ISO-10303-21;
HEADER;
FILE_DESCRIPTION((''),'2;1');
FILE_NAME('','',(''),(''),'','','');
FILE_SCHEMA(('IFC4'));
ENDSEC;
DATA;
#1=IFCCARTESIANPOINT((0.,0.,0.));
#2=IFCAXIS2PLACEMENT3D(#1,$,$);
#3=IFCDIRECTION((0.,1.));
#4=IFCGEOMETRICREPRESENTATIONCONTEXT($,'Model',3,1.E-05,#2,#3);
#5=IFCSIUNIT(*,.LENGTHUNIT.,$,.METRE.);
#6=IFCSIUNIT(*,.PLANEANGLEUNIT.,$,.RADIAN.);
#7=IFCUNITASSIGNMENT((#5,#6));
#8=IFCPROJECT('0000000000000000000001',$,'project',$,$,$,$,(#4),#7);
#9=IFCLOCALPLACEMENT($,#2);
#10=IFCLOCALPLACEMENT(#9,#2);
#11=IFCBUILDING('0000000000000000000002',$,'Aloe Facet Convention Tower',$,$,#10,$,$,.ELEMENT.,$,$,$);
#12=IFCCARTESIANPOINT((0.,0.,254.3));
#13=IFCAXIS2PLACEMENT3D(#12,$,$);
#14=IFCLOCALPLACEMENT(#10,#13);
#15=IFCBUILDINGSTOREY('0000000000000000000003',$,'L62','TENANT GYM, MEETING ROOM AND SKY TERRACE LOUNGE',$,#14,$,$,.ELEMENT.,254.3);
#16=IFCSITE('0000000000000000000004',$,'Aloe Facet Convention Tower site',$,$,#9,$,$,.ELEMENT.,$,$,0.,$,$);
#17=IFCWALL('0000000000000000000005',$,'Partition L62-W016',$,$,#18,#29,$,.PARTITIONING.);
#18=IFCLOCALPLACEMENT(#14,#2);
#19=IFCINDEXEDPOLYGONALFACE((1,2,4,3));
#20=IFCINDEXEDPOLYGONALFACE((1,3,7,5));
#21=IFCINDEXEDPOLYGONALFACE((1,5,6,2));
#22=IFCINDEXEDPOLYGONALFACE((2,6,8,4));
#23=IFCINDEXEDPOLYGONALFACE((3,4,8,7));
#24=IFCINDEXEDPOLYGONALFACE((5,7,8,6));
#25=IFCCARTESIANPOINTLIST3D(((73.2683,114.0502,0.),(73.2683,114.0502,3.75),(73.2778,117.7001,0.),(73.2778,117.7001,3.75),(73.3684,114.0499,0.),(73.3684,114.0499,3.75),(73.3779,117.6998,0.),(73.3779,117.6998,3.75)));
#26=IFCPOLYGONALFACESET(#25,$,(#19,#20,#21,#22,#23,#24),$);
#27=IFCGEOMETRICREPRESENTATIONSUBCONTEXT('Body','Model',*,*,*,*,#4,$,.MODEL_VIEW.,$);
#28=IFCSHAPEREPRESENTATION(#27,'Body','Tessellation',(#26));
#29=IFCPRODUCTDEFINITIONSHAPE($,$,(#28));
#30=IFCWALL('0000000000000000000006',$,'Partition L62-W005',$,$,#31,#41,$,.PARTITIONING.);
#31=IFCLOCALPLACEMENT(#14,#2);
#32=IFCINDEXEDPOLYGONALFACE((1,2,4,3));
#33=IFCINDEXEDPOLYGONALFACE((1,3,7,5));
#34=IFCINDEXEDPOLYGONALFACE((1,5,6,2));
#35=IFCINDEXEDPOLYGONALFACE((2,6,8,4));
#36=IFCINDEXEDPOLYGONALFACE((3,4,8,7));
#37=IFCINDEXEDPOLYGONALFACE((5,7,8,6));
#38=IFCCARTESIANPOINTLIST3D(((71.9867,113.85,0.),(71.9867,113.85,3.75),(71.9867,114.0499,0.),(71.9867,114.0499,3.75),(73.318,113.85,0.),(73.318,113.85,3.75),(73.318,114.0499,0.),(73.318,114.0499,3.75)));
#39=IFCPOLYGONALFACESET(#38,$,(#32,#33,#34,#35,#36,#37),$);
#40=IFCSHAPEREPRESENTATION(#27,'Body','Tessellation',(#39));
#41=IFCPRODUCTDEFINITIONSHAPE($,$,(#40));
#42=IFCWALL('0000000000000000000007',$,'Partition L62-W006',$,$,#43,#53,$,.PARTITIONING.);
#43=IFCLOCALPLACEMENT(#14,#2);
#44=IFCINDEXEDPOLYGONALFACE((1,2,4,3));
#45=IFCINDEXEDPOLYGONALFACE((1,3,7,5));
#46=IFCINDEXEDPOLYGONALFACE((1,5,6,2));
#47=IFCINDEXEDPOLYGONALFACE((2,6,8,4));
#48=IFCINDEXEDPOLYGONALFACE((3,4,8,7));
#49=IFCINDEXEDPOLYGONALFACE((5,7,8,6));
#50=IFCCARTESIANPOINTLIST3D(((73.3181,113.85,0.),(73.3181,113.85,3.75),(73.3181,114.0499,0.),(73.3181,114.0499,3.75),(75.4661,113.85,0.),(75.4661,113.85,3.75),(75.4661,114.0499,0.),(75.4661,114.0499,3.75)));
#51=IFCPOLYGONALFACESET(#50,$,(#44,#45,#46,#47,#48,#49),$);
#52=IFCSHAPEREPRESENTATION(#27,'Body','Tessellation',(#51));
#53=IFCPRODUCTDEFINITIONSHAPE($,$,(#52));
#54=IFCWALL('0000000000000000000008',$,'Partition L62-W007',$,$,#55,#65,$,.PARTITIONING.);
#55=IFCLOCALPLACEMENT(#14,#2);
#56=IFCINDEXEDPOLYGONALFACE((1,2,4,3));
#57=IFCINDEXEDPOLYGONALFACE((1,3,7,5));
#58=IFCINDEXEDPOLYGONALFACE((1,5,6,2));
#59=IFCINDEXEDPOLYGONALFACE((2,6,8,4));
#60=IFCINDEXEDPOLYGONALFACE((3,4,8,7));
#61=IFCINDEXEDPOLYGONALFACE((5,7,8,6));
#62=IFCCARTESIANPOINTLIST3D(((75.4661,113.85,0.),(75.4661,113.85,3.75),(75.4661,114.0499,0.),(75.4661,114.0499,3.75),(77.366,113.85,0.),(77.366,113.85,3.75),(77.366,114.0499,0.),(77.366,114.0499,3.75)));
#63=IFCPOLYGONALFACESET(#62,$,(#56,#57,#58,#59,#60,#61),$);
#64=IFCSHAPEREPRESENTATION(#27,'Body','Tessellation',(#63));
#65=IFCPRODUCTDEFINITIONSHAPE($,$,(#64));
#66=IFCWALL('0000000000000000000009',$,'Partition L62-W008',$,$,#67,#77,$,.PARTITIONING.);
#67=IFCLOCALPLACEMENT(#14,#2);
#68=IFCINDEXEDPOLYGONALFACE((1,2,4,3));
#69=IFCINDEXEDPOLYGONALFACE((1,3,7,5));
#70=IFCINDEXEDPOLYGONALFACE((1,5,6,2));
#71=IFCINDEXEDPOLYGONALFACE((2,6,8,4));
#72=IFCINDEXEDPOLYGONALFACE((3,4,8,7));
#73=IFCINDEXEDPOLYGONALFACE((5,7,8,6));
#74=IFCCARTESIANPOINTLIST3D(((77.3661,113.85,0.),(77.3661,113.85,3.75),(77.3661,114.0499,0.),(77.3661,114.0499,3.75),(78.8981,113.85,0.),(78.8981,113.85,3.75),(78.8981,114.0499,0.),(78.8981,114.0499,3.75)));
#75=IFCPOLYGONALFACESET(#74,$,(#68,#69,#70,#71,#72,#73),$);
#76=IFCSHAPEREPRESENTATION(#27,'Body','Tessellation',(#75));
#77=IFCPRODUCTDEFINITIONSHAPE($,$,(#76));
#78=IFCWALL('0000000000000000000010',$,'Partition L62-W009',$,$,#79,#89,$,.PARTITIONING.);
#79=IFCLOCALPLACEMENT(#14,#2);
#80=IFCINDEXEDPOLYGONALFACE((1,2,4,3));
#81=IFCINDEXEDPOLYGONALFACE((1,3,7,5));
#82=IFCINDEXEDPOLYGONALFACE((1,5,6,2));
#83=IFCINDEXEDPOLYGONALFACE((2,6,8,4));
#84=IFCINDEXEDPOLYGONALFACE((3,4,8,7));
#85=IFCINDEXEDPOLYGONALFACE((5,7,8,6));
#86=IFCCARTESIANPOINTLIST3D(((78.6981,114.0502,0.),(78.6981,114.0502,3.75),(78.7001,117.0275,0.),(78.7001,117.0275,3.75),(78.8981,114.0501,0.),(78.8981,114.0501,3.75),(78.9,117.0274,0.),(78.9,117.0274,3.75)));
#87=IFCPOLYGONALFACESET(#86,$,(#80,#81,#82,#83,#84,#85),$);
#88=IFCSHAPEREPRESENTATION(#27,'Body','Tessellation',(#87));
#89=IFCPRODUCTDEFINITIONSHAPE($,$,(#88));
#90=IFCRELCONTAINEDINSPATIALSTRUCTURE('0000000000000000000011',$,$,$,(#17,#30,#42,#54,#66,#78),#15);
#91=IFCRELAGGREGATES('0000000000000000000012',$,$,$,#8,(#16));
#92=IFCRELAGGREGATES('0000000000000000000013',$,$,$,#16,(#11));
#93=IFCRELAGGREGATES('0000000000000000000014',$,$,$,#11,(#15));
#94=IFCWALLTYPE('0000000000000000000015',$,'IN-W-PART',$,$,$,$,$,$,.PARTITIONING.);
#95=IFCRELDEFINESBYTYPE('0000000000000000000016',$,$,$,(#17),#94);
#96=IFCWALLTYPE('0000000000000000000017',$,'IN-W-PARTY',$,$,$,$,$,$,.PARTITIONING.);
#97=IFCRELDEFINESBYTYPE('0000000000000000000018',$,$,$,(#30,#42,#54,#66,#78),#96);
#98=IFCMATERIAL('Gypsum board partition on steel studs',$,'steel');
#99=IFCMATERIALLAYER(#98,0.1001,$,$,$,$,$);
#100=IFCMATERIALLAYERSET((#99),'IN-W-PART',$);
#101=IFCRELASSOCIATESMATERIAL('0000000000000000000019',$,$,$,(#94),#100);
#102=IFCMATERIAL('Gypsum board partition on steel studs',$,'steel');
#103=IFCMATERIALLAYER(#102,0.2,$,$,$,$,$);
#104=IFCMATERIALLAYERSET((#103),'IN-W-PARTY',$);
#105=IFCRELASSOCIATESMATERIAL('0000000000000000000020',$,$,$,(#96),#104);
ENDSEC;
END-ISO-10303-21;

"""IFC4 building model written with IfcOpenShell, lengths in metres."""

from ifc_helpers import new_model, si_unit, direction, frame, frame_2d, origin, place, context, subcontext, project, spatial, rectangle, extrude, material, layer, layer_set, type_object, element, save


model = new_model("IFC4")

# Units and contexts
model_context = context("Model", 3, precision=1e-05, world=origin(), true_north=direction((0.0, 1.0)))
body_context = subcontext(model_context, "Body", "Model", "MODEL_VIEW")
ifc_project = project(units=[si_unit("LENGTHUNIT", "METRE"), si_unit("PLANEANGLEUNIT", "RADIAN")], contexts=[model_context])

# Site, building, storey
site_placement = place(None, origin())
site = spatial("IfcSite", under=ifc_project, at=site_placement, Name="Aloe Facet Convention Tower site", CompositionType="ELEMENT", RefElevation=0.0)
building_placement = place(site_placement, origin())
building = spatial("IfcBuilding", under=site, at=building_placement, Name="Aloe Facet Convention Tower", CompositionType="ELEMENT")
storey_placement = place(building_placement, frame((0.0, 0.0, 254.3)))
storey = spatial("IfcBuildingStorey", under=building, at=storey_placement, Name="L62", Description="TENANT GYM, MEETING ROOM AND SKY TERRACE LOUNGE", CompositionType="ELEMENT", Elevation=254.3)

# Shared definitions
ifc_material_1 = material(Name="Gypsum board partition on steel studs", Category="steel")
ifc_layer_1 = layer(ifc_material_1, 0.1001)
ifc_layer_set_1 = layer_set([ifc_layer_1], Name="IN-W-PART")
wall_type_1 = type_object("IfcWallType", Name="IN-W-PART", PredefinedType="PARTITIONING", material=ifc_layer_set_1)

# Walls
wall_1_placement = place(storey_placement, frame((73.3184, 114.05, 0.0), z_axis=(0.0, 0.0, 1.0), x_axis=(0.002609, 0.999997, 0.0)))
element("IfcWall", 1, at=wall_1_placement, inside=storey, type_object=wall_type_1, Name="Partition L62-W016", PredefinedType="PARTITIONING", context=body_context, shape_type="SweptSolid", body=[
    extrude(rectangle(XDim=3.6499, YDim=0.1001, at=frame_2d((1.825, 0.0))), origin(), (0.0, 0.0, 1.0), 3.75),
])
ifc_material_2 = material(Name="Gypsum board partition on steel studs", Category="steel")
ifc_layer_2 = layer(ifc_material_2, 0.2)
ifc_layer_set_2 = layer_set([ifc_layer_2], Name="IN-W-PARTY")
wall_type_2 = type_object("IfcWallType", Name="IN-W-PARTY", PredefinedType="PARTITIONING", material=ifc_layer_set_2)
wall_2_placement = place(storey_placement, frame((71.9868, 113.95, 0.0), z_axis=(0.0, 0.0, 1.0), x_axis=(1.0, 0.0, 0.0)))
element("IfcWall", 2, at=wall_2_placement, inside=storey, type_object=wall_type_2, Name="Partition L62-W005", PredefinedType="PARTITIONING", context=body_context, shape_type="SweptSolid", body=[
    extrude(rectangle(XDim=1.3313, YDim=0.2, at=frame_2d((0.6655, 0.0))), origin(), (0.0, 0.0, 1.0), 3.75),
])
wall_3_placement = place(storey_placement, frame((73.3181, 113.95, 0.0), z_axis=(0.0, 0.0, 1.0), x_axis=(1.0, 0.0, 0.0)))
element("IfcWall", 3, at=wall_3_placement, inside=storey, type_object=wall_type_2, Name="Partition L62-W006", PredefinedType="PARTITIONING", context=body_context, shape_type="SweptSolid", body=[
    extrude(rectangle(XDim=2.1479, YDim=0.2, at=frame_2d((1.074, 0.0))), origin(), (0.0, 0.0, 1.0), 3.75),
])
wall_4_placement = place(storey_placement, frame((75.4661, 113.95, 0.0), z_axis=(0.0, 0.0, 1.0), x_axis=(1.0, 0.0, 0.0)))
element("IfcWall", 4, at=wall_4_placement, inside=storey, type_object=wall_type_2, Name="Partition L62-W007", PredefinedType="PARTITIONING", context=body_context, shape_type="SweptSolid", body=[
    extrude(rectangle(XDim=1.8999, YDim=0.2, at=frame_2d((0.95, 0.0))), origin(), (0.0, 0.0, 1.0), 3.75),
])
wall_5_placement = place(storey_placement, frame((77.366, 113.95, 0.0), z_axis=(0.0, 0.0, 1.0), x_axis=(1.0, 0.0, 0.0)))
element("IfcWall", 5, at=wall_5_placement, inside=storey, type_object=wall_type_2, Name="Partition L62-W008", PredefinedType="PARTITIONING", context=body_context, shape_type="SweptSolid", body=[
    extrude(rectangle(XDim=1.532, YDim=0.2, at=frame_2d((0.7661, 0.0))), origin(), (0.0, 0.0, 1.0), 3.75),
])
wall_6_placement = place(storey_placement, frame((78.7981, 114.05, 0.0), z_axis=(0.0, 0.0, 1.0), x_axis=(0.000656, 1.0, 0.0)))
element("IfcWall", 6, at=wall_6_placement, inside=storey, type_object=wall_type_2, Name="Partition L62-W009", PredefinedType="PARTITIONING", context=body_context, shape_type="SweptSolid", body=[
    extrude(rectangle(XDim=2.9773, YDim=0.2, at=frame_2d((1.4888, 0.0))), origin(), (0.0, 0.0, 1.0), 3.75),
])

save(model, "model.ifc")
